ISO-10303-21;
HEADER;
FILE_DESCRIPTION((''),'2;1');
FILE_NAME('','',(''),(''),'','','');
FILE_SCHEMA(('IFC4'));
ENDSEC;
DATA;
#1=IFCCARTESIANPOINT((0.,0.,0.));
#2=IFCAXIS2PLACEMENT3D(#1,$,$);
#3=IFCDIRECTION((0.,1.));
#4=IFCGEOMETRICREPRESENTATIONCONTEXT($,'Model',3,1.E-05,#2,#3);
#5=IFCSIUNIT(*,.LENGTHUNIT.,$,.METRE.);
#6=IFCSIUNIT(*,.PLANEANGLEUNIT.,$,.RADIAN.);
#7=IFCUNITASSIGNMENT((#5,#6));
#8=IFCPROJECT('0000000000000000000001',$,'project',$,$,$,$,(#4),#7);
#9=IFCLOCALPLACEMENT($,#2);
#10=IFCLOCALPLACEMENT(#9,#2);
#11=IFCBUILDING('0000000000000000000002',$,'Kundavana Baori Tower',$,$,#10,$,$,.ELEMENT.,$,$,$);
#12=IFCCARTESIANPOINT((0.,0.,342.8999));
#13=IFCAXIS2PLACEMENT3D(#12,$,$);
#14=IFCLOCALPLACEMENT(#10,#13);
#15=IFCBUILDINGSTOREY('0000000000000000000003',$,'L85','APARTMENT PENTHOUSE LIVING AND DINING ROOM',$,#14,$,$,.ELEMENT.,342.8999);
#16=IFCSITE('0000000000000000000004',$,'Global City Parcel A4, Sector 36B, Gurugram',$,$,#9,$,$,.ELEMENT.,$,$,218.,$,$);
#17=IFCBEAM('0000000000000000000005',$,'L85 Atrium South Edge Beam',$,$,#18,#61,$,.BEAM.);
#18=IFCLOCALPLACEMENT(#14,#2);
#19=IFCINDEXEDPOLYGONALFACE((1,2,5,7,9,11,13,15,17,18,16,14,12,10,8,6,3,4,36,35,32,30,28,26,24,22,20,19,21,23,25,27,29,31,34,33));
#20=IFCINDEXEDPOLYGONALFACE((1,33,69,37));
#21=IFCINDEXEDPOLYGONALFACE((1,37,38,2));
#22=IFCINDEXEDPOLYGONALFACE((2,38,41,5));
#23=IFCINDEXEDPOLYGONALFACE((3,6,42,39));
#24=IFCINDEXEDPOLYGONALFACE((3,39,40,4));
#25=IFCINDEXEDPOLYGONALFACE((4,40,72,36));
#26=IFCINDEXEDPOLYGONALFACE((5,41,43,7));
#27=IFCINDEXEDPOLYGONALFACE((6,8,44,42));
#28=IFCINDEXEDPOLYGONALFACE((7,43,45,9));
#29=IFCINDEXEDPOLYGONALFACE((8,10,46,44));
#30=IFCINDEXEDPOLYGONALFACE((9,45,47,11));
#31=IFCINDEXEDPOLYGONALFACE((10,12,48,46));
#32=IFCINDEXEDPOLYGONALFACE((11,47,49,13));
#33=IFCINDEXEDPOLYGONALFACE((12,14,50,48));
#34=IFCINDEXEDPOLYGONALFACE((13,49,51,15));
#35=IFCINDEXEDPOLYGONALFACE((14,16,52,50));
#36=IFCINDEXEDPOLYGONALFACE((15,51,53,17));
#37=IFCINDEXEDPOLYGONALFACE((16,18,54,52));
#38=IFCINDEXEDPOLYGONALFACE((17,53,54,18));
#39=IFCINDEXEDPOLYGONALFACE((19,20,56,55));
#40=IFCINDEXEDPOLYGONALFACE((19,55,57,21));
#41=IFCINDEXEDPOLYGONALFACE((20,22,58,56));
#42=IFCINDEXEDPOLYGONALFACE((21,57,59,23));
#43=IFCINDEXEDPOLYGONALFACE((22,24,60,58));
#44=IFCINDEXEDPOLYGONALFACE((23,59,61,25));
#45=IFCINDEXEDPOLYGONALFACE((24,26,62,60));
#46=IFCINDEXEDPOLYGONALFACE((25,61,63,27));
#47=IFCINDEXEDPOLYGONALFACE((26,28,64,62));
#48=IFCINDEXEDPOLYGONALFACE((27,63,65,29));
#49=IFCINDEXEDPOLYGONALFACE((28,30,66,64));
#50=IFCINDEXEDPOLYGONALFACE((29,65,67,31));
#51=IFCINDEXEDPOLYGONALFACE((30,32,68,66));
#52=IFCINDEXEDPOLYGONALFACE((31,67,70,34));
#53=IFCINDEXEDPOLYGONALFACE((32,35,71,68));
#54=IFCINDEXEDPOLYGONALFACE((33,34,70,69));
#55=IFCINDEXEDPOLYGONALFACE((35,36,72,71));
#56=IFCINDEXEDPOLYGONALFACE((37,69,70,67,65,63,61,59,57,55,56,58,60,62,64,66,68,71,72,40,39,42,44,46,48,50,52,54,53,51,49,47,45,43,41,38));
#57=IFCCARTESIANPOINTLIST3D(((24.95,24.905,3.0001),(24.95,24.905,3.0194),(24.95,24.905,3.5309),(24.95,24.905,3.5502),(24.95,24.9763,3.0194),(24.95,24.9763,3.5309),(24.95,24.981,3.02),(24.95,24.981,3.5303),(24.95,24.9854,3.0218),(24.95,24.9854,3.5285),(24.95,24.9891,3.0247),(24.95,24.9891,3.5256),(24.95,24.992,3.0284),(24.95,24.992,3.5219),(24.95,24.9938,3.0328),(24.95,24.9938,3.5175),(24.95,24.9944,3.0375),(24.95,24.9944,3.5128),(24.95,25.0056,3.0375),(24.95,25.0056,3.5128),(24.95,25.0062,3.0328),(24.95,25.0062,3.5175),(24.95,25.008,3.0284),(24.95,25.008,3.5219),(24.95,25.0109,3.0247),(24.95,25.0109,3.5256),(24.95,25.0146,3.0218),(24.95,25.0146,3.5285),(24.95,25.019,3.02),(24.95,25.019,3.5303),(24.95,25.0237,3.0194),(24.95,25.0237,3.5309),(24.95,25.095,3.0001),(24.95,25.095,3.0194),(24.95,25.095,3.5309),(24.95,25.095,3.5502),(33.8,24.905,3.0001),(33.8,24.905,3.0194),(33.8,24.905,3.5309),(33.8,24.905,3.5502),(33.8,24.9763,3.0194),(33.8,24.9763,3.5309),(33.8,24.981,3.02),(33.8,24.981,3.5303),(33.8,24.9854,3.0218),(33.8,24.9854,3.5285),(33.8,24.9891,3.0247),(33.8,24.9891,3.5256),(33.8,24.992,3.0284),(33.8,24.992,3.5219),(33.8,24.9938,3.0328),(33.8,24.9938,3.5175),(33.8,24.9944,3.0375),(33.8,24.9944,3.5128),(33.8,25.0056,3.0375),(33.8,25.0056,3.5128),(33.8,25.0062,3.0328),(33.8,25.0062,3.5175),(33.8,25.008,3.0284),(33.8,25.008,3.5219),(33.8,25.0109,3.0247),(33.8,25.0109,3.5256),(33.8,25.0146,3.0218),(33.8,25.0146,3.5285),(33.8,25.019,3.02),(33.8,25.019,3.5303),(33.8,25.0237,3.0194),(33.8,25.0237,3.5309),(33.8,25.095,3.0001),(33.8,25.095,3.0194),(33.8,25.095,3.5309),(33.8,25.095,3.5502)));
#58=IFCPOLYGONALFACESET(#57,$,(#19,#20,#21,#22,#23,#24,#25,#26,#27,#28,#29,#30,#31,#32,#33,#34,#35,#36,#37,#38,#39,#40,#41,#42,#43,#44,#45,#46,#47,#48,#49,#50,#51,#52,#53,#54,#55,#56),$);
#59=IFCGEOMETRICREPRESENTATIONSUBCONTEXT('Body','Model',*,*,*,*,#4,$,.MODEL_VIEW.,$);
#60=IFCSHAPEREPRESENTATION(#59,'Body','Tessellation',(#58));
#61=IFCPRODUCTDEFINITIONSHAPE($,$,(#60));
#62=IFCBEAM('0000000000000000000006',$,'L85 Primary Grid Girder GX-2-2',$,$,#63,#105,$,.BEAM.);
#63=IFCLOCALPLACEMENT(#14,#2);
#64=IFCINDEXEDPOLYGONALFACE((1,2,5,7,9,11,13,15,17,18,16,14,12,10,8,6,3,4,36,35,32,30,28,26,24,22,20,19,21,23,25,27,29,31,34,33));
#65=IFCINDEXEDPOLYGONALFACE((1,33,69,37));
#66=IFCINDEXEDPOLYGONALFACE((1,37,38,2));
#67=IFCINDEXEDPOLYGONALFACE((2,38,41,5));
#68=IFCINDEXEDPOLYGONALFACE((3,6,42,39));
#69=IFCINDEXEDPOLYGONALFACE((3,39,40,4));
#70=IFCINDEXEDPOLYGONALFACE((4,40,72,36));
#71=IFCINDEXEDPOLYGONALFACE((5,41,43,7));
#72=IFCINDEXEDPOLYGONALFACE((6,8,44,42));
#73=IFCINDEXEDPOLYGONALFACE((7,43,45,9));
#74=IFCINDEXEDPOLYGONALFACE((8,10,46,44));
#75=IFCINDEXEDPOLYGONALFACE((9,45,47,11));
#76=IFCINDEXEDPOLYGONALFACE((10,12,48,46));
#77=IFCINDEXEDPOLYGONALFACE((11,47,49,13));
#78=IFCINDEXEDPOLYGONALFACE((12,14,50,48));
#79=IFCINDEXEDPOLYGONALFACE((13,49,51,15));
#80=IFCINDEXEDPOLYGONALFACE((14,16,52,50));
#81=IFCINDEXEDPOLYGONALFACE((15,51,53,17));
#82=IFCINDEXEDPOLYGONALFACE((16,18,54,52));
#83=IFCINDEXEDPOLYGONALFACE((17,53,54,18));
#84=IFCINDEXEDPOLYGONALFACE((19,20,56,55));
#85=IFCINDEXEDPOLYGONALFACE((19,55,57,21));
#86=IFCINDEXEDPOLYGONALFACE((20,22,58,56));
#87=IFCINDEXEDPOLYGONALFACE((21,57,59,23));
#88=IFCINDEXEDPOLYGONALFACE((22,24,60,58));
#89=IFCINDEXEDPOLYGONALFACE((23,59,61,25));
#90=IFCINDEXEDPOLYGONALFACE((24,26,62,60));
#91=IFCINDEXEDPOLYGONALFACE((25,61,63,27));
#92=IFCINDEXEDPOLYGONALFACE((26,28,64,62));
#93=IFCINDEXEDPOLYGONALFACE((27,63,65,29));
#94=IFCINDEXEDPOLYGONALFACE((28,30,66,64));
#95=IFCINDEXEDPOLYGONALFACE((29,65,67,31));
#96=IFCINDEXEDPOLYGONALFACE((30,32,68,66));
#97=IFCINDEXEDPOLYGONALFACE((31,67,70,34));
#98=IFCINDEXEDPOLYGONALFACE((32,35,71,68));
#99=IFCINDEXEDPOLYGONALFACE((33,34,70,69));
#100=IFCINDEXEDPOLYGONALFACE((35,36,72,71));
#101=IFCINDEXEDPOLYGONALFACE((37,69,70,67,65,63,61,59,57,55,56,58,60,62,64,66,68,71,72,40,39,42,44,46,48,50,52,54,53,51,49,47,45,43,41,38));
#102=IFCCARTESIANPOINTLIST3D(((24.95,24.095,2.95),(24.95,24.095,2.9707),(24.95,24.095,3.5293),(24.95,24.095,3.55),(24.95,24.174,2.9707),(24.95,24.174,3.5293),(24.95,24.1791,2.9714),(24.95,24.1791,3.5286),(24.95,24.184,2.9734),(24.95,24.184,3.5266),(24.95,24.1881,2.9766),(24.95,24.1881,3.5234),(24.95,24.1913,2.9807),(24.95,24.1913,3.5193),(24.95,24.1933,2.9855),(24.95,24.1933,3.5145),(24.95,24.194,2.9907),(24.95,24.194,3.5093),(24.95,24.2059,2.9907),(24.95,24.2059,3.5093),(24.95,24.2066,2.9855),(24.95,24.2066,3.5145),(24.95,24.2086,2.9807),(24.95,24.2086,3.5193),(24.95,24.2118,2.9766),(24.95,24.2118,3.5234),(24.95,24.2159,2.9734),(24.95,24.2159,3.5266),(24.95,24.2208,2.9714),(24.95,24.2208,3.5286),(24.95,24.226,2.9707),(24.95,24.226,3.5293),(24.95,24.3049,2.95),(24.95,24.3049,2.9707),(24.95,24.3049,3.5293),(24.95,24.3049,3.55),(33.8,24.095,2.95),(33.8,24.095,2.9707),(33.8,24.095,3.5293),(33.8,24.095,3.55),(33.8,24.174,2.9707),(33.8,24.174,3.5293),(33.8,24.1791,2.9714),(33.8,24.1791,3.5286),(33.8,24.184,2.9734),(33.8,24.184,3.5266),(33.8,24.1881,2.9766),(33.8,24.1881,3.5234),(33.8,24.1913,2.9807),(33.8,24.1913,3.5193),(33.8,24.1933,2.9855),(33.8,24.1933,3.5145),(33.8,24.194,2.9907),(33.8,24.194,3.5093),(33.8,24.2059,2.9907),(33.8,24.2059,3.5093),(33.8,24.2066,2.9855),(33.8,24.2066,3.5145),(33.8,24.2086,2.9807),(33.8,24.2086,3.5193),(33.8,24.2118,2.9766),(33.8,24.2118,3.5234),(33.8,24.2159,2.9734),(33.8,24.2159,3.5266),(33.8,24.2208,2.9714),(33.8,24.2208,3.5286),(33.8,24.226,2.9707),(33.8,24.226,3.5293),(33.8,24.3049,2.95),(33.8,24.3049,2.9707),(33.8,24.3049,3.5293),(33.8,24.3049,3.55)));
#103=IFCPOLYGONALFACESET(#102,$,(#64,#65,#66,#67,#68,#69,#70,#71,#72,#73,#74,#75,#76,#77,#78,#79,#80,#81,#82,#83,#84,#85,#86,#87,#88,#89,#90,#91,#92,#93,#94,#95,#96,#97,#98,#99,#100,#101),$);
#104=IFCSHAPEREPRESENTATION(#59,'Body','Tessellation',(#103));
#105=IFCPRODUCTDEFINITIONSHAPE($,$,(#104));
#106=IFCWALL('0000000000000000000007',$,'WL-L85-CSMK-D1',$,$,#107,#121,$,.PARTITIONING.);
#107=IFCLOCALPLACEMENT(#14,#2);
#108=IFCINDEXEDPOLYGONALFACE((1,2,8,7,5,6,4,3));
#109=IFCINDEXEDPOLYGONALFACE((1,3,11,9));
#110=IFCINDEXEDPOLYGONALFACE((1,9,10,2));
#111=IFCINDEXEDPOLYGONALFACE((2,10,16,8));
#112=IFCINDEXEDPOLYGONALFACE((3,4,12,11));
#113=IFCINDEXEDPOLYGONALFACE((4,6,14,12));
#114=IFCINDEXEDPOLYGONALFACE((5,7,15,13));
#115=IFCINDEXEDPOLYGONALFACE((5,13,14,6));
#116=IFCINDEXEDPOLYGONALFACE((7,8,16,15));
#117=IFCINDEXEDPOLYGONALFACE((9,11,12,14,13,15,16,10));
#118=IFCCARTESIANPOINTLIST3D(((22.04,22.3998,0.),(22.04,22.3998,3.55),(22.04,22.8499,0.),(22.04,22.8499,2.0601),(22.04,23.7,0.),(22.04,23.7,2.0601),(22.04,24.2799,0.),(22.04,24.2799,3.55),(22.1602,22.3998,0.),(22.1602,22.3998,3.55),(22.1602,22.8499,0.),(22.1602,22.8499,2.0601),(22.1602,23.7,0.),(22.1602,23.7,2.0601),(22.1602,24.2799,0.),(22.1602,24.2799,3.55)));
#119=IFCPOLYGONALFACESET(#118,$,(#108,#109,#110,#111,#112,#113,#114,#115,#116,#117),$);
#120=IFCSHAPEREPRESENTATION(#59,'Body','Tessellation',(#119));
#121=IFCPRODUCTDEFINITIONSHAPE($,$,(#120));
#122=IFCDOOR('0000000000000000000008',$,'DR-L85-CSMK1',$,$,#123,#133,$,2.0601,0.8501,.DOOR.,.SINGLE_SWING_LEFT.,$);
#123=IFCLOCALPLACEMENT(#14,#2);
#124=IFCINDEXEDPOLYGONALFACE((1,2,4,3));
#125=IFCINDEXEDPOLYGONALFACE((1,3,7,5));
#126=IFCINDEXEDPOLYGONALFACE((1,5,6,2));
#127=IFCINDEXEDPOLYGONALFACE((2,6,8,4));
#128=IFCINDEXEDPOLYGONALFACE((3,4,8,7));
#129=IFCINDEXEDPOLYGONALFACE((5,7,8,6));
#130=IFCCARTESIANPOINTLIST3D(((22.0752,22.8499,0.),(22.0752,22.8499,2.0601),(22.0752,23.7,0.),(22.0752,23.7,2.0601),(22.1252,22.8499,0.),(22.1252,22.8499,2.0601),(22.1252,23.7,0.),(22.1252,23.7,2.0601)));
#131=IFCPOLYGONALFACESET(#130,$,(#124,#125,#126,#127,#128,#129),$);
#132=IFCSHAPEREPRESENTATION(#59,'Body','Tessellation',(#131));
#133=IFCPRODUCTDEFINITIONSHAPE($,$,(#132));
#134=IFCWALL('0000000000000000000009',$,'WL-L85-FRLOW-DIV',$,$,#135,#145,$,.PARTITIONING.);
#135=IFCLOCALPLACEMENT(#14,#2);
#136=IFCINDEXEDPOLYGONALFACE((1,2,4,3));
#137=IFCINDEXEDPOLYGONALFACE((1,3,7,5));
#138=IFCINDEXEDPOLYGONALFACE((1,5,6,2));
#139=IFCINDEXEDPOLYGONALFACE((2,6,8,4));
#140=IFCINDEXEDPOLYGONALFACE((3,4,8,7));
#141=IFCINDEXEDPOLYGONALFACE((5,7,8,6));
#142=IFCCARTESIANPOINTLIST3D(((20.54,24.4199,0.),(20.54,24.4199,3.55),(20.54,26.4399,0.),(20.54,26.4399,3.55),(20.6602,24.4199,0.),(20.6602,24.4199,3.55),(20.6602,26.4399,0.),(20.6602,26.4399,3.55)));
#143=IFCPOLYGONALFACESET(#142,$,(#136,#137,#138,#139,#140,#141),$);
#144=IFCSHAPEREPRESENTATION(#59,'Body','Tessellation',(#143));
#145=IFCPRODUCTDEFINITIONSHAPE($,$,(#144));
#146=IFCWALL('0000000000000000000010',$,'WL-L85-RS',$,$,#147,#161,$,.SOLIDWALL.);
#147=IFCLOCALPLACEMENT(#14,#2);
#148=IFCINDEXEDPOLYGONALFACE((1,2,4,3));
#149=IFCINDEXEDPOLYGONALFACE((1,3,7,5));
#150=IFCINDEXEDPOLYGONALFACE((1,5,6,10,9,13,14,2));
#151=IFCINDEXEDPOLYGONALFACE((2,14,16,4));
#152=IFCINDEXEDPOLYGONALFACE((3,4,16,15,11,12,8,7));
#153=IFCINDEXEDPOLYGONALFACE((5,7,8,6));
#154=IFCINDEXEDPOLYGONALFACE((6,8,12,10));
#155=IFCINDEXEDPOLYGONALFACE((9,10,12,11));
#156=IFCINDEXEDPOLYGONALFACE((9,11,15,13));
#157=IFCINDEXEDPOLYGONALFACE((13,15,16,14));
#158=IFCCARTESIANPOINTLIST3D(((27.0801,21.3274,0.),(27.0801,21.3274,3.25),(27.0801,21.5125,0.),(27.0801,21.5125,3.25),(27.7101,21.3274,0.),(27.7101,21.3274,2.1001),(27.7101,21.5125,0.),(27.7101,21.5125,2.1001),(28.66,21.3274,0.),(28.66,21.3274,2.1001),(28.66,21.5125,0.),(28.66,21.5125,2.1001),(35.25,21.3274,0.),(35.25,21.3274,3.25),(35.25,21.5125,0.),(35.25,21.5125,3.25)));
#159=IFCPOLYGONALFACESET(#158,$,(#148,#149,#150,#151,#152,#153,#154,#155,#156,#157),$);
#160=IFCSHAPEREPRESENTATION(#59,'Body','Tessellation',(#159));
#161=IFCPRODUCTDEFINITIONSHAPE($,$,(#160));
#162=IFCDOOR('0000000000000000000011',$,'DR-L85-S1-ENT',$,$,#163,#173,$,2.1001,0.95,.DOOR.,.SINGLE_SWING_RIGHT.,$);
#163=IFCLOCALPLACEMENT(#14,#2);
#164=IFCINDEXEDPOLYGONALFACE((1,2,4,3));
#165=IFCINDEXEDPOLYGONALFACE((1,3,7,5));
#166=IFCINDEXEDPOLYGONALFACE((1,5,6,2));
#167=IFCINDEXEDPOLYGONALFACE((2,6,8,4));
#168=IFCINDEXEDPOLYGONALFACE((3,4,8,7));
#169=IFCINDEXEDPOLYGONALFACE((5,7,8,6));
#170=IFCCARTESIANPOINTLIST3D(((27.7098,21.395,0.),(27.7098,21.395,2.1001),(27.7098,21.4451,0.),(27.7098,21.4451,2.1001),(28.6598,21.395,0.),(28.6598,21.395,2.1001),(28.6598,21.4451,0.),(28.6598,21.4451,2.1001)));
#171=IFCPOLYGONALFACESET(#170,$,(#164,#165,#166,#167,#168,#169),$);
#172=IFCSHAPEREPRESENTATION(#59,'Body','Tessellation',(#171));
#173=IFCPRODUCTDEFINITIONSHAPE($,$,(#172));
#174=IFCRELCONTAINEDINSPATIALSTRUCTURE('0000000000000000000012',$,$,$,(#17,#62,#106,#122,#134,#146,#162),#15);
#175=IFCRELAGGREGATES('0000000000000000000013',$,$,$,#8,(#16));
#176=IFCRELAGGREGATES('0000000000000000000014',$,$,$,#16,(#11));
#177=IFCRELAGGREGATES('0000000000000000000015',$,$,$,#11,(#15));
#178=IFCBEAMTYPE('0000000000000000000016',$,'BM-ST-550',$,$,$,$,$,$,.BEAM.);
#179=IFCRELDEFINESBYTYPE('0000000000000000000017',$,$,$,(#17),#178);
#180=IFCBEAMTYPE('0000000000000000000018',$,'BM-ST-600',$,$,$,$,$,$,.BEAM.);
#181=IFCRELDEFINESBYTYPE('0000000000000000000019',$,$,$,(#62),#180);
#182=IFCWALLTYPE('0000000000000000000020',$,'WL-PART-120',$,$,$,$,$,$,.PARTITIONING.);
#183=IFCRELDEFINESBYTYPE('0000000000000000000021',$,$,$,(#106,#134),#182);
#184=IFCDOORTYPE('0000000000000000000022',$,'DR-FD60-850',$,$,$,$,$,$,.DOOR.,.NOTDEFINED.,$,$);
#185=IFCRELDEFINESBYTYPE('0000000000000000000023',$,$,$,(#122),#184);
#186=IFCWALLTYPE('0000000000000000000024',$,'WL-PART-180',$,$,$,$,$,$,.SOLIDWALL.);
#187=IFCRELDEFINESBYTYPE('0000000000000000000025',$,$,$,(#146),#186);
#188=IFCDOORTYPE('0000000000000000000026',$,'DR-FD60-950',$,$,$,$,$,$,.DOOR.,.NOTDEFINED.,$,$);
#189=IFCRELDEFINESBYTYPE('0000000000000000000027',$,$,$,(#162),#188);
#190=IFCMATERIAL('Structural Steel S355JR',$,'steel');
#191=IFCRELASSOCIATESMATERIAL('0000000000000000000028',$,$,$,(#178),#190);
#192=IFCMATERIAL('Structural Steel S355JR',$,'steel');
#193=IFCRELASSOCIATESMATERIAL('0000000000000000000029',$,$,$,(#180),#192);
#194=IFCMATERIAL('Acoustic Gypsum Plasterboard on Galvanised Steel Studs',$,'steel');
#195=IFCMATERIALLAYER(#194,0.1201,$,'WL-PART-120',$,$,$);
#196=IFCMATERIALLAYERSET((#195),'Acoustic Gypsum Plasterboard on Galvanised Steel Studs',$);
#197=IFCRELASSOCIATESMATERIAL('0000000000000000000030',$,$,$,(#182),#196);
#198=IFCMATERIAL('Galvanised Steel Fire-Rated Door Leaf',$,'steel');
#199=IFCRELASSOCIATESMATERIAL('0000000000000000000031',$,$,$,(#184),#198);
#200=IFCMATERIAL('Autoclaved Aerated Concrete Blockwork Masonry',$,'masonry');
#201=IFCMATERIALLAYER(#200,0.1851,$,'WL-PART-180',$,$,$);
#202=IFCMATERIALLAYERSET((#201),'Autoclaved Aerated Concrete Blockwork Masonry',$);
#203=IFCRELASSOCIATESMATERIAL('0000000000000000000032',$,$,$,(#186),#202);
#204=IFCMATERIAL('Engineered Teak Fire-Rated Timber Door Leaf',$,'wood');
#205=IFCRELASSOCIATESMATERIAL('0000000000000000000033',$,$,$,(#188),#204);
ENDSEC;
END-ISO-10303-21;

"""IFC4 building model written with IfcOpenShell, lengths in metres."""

from ifc_helpers import new_model, si_unit, direction, frame, frame_2d, origin, origin_2d, place, context, subcontext, project, spatial, rectangle, i_section, extrude, material, layer, layer_set, material_profile, profile_set, type_object, element, fill, save


model = new_model("IFC4")

# Units and contexts
model_context = context("Model", 3, precision=1e-05, world=origin(), true_north=direction((0.0, 1.0)))
body_context = subcontext(model_context, "Body", "Model", "MODEL_VIEW")
ifc_project = project(units=[si_unit("LENGTHUNIT", "METRE"), si_unit("PLANEANGLEUNIT", "RADIAN")], contexts=[model_context])

# Site, building, storey
site_placement = place(None, origin())
site = spatial("IfcSite", under=ifc_project, at=site_placement, Name="Global City Parcel A4, Sector 36B, Gurugram", CompositionType="ELEMENT", RefElevation=218.0)
building_placement = place(site_placement, origin())
building = spatial("IfcBuilding", under=site, at=building_placement, Name="Kundavana Baori Tower", CompositionType="ELEMENT")
storey_placement = place(building_placement, frame((0.0, 0.0, 342.8999)))
storey = spatial("IfcBuildingStorey", under=building, at=storey_placement, Name="L85", Description="APARTMENT PENTHOUSE LIVING AND DINING ROOM", CompositionType="ELEMENT", Elevation=342.8999)

# Beams
ifc_material_1 = material(Name="Structural Steel S355JR", Category="steel")
ifc_material_profile_1 = material_profile(ifc_material_1, i_section(OverallWidth=0.1899, OverallDepth=0.55, WebThickness=0.0112, FlangeThickness=0.0193, FilletRadius=0.0181, at=origin_2d()), Name="ISMB 550")
ifc_profile_set_1 = profile_set([ifc_material_profile_1], Name="Structural Steel S355JR")
beam_type_1 = type_object("IfcBeamType", Name="BM-ST-550", PredefinedType="BEAM", material=ifc_profile_set_1)
beam_1_placement = place(storey_placement, frame((24.95, 25.0, 3.2751), z_axis=(1.0, 0.0, 0.0), x_axis=(0.0, 1.0, 0.0)))
element("IfcBeam", 1, at=beam_1_placement, inside=storey, type_object=beam_type_1, Name="L85 Atrium South Edge Beam", PredefinedType="BEAM", context=body_context, shape_type="SweptSolid", body=[
    extrude(i_section(OverallWidth=0.1899, OverallDepth=0.55, WebThickness=0.0112, FlangeThickness=0.0193, FilletRadius=0.0181, at=origin_2d()), origin(), (0.0, 0.0, 1.0), 8.8501),
])
ifc_material_2 = material(Name="Structural Steel S355JR", Category="steel")
ifc_material_profile_2 = material_profile(ifc_material_2, i_section(OverallWidth=0.21, OverallDepth=0.6001, WebThickness=0.012, FlangeThickness=0.0208, FilletRadius=0.02, at=origin_2d()), Name="ISMB 600")
ifc_profile_set_2 = profile_set([ifc_material_profile_2], Name="Structural Steel S355JR")
beam_type_2 = type_object("IfcBeamType", Name="BM-ST-600", PredefinedType="BEAM", material=ifc_profile_set_2)
beam_2_placement = place(storey_placement, frame((24.95, 24.2, 3.25), z_axis=(1.0, 0.0, 0.0), x_axis=(0.0, 1.0, 0.0)))
element("IfcBeam", 2, at=beam_2_placement, inside=storey, type_object=beam_type_2, Name="L85 Primary Grid Girder GX-2-2", PredefinedType="BEAM", context=body_context, shape_type="SweptSolid", body=[
    extrude(i_section(OverallWidth=0.21, OverallDepth=0.6001, WebThickness=0.012, FlangeThickness=0.0208, FilletRadius=0.02, at=origin_2d()), origin(), (0.0, 0.0, 1.0), 8.8501),
])

# Wall, opening, door
ifc_material_3 = material(Name="Acoustic Gypsum Plasterboard on Galvanised Steel Studs", Category="steel")
ifc_layer_1 = layer(ifc_material_3, 0.1201, Name="WL-PART-120")
ifc_layer_set_1 = layer_set([ifc_layer_1], Name="Acoustic Gypsum Plasterboard on Galvanised Steel Studs")
wall_type_1 = type_object("IfcWallType", Name="WL-PART-120", PredefinedType="PARTITIONING", material=ifc_layer_set_1)
wall_1_placement = place(storey_placement, frame((22.1001, 22.3999, 0.0), z_axis=(0.0, 0.0, 1.0), x_axis=(0.0, 1.0, 0.0)))
wall_1 = element("IfcWall", 3, at=wall_1_placement, inside=storey, type_object=wall_type_1, Name="WL-L85-CSMK-D1", PredefinedType="PARTITIONING", context=body_context, shape_type="SweptSolid", body=[
    extrude(rectangle(XDim=1.8801, YDim=0.1201, at=frame_2d((0.9399, 0.0))), origin(), (0.0, 0.0, 1.0), 3.55),
])
opening_1_placement = place(wall_1_placement, frame((0.45, 0.0, 0.0)))
opening_1 = element("IfcOpeningElement", 4, at=opening_1_placement, cuts=wall_1, PredefinedType="OPENING", context=body_context, shape_type="SweptSolid", body=[
    extrude(rectangle(XDim=0.8501, YDim=2.0601, at=frame_2d((0.425, 1.03))), frame((0.0, 0.0701, 0.0), z_axis=(0.0, -1.0, 0.0), x_axis=(1.0, 0.0, 0.0)), (0.0, 0.0, 1.0), 0.1401),
])
ifc_material_4 = material(Name="Galvanised Steel Fire-Rated Door Leaf", Category="steel")
door_type_1 = type_object("IfcDoorType", Name="DR-FD60-850", OperationType="NOTDEFINED", PredefinedType="DOOR", material=ifc_material_4)
door_1_placement = place(opening_1_placement, origin())
door_1 = element("IfcDoor", 5, at=door_1_placement, inside=storey, type_object=door_type_1, Name="DR-L85-CSMK1", OperationType="SINGLE_SWING_LEFT", OverallHeight=2.0601, OverallWidth=0.8501, PredefinedType="DOOR", context=body_context, shape_type="SweptSolid", body=[
    extrude(rectangle(XDim=0.8501, YDim=2.0601, at=frame_2d((0.425, 1.03))), frame((0.0, 0.0249, 0.0), z_axis=(0.0, -1.0, 0.0), x_axis=(1.0, 0.0, 0.0)), (0.0, 0.0, 1.0), 0.05),
])
fill(opening_1, door_1)

# Wall
wall_2_placement = place(storey_placement, frame((20.6001, 24.4199, 0.0), z_axis=(0.0, 0.0, 1.0), x_axis=(0.0, 1.0, 0.0)))
element("IfcWall", 6, at=wall_2_placement, inside=storey, type_object=wall_type_1, Name="WL-L85-FRLOW-DIV", PredefinedType="PARTITIONING", context=body_context, shape_type="SweptSolid", body=[
    extrude(rectangle(XDim=2.02, YDim=0.1201, at=frame_2d((1.01, 0.0))), origin(), (0.0, 0.0, 1.0), 3.55),
])

# Wall, opening, door
ifc_material_5 = material(Name="Autoclaved Aerated Concrete Blockwork Masonry", Category="masonry")
ifc_layer_2 = layer(ifc_material_5, 0.1851, Name="WL-PART-180")
ifc_layer_set_2 = layer_set([ifc_layer_2], Name="Autoclaved Aerated Concrete Blockwork Masonry")
wall_type_2 = type_object("IfcWallType", Name="WL-PART-180", PredefinedType="SOLIDWALL", material=ifc_layer_set_2)
wall_3_placement = place(storey_placement, frame((27.0801, 21.4199, 0.0), z_axis=(0.0, 0.0, 1.0), x_axis=(1.0, 0.0, 0.0)))
wall_3 = element("IfcWall", 7, at=wall_3_placement, inside=storey, type_object=wall_type_2, Name="WL-L85-RS", PredefinedType="SOLIDWALL", context=body_context, shape_type="SweptSolid", body=[
    extrude(rectangle(XDim=8.1699, YDim=0.1851, at=frame_2d((4.085, 0.0))), origin(), (0.0, 0.0, 1.0), 3.25),
])
opening_2_placement = place(wall_3_placement, frame((0.6299, 0.0, 0.0)))
opening_2 = element("IfcOpeningElement", 8, at=opening_2_placement, cuts=wall_3, PredefinedType="OPENING", context=body_context, shape_type="SweptSolid", body=[
    extrude(rectangle(XDim=0.95, YDim=2.1001, at=frame_2d((0.4751, 1.05))), frame((0.0, 0.1025, 0.0), z_axis=(0.0, -1.0, 0.0), x_axis=(1.0, 0.0, 0.0)), (0.0, 0.0, 1.0), 0.2051),
])
ifc_material_6 = material(Name="Engineered Teak Fire-Rated Timber Door Leaf", Category="wood")
door_type_2 = type_object("IfcDoorType", Name="DR-FD60-950", OperationType="NOTDEFINED", PredefinedType="DOOR", material=ifc_material_6)
door_2_placement = place(opening_2_placement, frame((0.95, 0.0, 0.0), z_axis=(0.0, 0.0, 1.0), x_axis=(-1.0, 0.0, 0.0)))
door_2 = element("IfcDoor", 9, at=door_2_placement, inside=storey, type_object=door_type_2, Name="DR-L85-S1-ENT", OperationType="SINGLE_SWING_RIGHT", OverallHeight=2.1001, OverallWidth=0.95, PredefinedType="DOOR", context=body_context, shape_type="SweptSolid", body=[
    extrude(rectangle(XDim=0.95, YDim=2.1001, at=frame_2d((0.4751, 1.05))), frame((0.0, 0.0249, 0.0), z_axis=(0.0, -1.0, 0.0), x_axis=(1.0, 0.0, 0.0)), (0.0, 0.0, 1.0), 0.05),
])
fill(opening_2, door_2)

save(model, "model.ifc")
